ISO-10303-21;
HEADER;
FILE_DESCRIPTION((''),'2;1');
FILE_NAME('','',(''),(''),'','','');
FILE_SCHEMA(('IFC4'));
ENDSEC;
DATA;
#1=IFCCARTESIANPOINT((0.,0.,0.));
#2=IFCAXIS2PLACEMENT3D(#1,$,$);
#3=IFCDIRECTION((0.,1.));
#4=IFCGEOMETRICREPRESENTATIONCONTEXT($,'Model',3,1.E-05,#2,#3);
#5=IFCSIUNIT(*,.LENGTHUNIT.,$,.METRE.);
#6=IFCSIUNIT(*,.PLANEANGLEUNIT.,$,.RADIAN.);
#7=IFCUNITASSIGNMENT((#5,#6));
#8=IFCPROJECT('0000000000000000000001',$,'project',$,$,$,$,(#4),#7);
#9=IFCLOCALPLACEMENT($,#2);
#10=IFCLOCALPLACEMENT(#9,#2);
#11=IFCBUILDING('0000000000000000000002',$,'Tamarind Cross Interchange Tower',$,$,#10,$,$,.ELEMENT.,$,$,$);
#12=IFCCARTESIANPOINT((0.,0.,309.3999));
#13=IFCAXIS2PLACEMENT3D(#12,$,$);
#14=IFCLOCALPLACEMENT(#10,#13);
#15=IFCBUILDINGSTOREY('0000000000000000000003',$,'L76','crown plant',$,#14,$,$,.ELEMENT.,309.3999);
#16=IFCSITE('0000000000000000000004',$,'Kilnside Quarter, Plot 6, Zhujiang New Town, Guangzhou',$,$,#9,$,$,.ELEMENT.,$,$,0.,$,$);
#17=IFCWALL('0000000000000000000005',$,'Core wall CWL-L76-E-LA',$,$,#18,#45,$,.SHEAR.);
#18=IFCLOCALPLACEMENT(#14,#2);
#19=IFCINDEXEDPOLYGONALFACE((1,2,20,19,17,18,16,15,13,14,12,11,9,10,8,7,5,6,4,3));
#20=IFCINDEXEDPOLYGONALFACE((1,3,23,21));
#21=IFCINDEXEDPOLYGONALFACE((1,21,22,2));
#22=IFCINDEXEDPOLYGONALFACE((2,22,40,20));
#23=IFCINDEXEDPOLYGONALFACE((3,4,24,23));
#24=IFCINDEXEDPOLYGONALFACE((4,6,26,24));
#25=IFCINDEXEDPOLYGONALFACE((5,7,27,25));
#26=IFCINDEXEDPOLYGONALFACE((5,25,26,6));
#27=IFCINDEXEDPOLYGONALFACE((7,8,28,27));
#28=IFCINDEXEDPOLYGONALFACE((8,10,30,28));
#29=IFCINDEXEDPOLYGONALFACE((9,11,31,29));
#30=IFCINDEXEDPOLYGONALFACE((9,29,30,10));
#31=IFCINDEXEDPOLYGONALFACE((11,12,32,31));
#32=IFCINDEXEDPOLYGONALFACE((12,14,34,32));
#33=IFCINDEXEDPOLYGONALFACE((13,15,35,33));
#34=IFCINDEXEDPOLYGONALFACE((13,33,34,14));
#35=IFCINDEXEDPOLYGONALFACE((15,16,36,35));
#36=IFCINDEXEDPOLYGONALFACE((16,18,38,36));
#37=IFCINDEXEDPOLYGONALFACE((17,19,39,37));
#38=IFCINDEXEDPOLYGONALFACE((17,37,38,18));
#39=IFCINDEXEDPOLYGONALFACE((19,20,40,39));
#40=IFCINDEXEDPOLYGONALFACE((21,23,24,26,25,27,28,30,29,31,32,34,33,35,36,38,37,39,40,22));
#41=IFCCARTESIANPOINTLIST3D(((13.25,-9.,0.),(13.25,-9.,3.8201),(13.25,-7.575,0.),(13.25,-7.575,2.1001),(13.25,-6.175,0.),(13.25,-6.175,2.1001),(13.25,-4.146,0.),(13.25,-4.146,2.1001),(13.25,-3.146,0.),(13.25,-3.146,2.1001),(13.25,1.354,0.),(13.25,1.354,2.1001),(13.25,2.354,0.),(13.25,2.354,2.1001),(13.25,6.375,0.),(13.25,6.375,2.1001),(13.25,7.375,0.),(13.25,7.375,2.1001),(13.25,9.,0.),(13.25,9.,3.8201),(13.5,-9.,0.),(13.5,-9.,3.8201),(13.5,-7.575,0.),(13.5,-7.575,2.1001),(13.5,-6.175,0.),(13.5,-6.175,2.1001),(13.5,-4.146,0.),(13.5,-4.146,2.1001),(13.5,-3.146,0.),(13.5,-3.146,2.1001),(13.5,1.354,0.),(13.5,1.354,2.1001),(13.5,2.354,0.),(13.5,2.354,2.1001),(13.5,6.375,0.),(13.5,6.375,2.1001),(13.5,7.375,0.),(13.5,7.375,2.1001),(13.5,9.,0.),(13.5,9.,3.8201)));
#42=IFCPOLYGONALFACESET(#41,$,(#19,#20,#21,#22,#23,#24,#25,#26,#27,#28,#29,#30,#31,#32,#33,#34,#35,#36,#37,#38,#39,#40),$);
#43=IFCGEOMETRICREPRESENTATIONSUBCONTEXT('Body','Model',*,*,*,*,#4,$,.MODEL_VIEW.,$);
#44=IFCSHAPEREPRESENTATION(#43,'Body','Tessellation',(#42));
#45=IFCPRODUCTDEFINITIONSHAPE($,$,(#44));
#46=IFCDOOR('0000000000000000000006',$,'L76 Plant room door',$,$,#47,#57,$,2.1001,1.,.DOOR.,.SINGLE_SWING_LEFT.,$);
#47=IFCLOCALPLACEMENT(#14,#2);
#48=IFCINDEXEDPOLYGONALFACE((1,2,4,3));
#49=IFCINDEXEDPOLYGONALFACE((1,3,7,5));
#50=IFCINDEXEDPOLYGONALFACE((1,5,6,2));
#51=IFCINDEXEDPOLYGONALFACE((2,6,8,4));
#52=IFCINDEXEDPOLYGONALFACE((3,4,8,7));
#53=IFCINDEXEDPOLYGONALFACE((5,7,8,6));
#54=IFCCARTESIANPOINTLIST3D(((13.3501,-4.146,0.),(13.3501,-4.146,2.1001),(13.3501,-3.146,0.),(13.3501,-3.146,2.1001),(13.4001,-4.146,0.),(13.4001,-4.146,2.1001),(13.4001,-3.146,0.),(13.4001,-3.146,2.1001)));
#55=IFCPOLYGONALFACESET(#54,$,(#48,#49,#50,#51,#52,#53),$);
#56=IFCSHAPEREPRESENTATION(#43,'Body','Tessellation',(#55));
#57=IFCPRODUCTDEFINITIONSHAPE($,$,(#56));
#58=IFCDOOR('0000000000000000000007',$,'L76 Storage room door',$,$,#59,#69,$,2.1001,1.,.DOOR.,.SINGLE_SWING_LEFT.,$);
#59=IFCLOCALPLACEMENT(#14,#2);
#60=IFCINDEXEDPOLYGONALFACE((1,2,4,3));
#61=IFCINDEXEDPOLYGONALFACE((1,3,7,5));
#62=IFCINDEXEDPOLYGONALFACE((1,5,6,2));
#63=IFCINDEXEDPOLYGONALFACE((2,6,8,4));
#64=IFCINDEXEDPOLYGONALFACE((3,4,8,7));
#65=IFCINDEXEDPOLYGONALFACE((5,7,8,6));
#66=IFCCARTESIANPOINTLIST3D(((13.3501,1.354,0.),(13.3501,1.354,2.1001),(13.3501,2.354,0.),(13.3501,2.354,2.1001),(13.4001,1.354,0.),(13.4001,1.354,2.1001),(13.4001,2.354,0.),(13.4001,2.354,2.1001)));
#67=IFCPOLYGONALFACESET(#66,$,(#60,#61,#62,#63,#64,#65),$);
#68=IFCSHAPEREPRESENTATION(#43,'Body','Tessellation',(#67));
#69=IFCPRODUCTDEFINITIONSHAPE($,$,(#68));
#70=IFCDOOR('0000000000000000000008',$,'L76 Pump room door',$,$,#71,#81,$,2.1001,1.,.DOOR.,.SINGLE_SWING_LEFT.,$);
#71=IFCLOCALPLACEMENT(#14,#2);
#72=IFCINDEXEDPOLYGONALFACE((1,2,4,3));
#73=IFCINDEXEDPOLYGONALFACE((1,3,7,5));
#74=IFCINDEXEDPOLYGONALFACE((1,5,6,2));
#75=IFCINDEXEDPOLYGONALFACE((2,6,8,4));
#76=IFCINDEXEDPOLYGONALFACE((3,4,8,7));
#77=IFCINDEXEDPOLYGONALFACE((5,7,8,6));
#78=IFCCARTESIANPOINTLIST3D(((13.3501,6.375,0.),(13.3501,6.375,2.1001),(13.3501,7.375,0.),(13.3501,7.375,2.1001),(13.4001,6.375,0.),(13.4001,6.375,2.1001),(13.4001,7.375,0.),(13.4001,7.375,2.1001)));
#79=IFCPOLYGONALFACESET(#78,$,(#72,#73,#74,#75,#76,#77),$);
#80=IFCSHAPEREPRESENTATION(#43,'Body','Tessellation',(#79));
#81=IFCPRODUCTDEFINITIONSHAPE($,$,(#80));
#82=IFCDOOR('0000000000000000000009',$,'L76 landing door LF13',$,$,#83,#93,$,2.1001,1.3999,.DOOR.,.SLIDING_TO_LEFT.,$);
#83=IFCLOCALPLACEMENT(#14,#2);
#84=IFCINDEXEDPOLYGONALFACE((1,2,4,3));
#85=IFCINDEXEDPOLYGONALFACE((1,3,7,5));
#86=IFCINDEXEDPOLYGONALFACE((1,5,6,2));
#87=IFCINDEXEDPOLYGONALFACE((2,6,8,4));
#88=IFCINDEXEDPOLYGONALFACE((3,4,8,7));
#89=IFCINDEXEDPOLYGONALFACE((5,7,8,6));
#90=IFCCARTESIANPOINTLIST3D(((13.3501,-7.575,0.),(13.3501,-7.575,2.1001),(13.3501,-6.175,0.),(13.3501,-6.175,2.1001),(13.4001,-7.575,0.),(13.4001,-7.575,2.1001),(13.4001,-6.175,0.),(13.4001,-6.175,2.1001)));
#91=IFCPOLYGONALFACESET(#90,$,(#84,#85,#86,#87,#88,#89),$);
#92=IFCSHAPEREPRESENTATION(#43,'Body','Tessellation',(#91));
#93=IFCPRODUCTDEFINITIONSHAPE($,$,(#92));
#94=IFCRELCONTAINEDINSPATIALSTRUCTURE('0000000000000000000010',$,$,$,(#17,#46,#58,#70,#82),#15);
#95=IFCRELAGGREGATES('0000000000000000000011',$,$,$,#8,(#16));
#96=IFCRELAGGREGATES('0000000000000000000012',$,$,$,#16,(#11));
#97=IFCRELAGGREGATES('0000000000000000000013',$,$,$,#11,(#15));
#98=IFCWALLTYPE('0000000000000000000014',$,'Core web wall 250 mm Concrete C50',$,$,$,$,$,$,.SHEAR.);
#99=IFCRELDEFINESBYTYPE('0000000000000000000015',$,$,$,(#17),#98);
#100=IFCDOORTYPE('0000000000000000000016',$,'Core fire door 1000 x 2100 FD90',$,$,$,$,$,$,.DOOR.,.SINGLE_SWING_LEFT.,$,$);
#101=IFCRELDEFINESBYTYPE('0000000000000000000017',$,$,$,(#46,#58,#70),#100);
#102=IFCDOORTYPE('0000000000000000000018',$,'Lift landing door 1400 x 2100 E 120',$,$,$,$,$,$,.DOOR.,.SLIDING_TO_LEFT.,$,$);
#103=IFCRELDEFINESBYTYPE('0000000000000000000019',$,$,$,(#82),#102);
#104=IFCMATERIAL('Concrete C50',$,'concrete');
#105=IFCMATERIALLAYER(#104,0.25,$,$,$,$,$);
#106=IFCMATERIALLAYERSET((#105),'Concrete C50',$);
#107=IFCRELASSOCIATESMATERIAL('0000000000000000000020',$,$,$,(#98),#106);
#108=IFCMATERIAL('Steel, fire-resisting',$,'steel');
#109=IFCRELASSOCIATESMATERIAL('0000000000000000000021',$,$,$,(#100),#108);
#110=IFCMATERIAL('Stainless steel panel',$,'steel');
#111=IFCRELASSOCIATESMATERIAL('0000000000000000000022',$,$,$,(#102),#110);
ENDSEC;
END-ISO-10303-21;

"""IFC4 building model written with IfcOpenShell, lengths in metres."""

from ifc_helpers import new_model, si_unit, direction, frame, frame_2d, origin, place, context, subcontext, project, spatial, rectangle, extrude, material, layer, layer_set, type_object, element, fill, save


model = new_model("IFC4")

# Units and contexts
model_context = context("Model", 3, precision=1e-05, world=origin(), true_north=direction((0.0, 1.0)))
body_context = subcontext(model_context, "Body", "Model", "MODEL_VIEW")
ifc_project = project(units=[si_unit("LENGTHUNIT", "METRE"), si_unit("PLANEANGLEUNIT", "RADIAN")], contexts=[model_context])

# Site, building, storey
site_placement = place(None, origin())
site = spatial("IfcSite", under=ifc_project, at=site_placement, Name="Kilnside Quarter, Plot 6, Zhujiang New Town, Guangzhou", CompositionType="ELEMENT", RefElevation=0.0)
building_placement = place(site_placement, origin())
building = spatial("IfcBuilding", under=site, at=building_placement, Name="Tamarind Cross Interchange Tower", CompositionType="ELEMENT")
storey_placement = place(building_placement, frame((0.0, 0.0, 309.3999)))
storey = spatial("IfcBuildingStorey", under=building, at=storey_placement, Name="L76", Description="crown plant", CompositionType="ELEMENT", Elevation=309.3999)

# Shared definitions
ifc_material_1 = material(Name="Concrete C50", Category="concrete")
ifc_layer_1 = layer(ifc_material_1, 0.25)
ifc_layer_set_1 = layer_set([ifc_layer_1], Name="Concrete C50")
wall_type_1 = type_object("IfcWallType", Name="Core web wall 250 mm Concrete C50", PredefinedType="SHEAR", material=ifc_layer_set_1)

# Wall, openings, doors
wall_1_placement = place(storey_placement, frame((13.375, -9.0, 0.0), z_axis=(0.0, 0.0, 1.0), x_axis=(0.0, 1.0, 0.0)))
wall_1 = element("IfcWall", 1, at=wall_1_placement, inside=storey, type_object=wall_type_1, Name="Core wall CWL-L76-E-LA", PredefinedType="SHEAR", context=body_context, shape_type="SweptSolid", body=[
    extrude(rectangle(XDim=18.0, YDim=0.25, at=frame_2d((9.0, 0.0))), origin(), (0.0, 0.0, 1.0), 3.8201),
])
opening_1_placement = place(wall_1_placement, frame((1.425, 0.0, 0.0)))
opening_1 = element("IfcOpeningElement", 2, at=opening_1_placement, cuts=wall_1, PredefinedType="OPENING", context=body_context, shape_type="SweptSolid", body=[
    extrude(rectangle(XDim=1.3999, YDim=2.1001, at=frame_2d((0.7, 1.05))), frame((0.0, 0.135, 0.0), z_axis=(0.0, -1.0, 0.0), x_axis=(1.0, 0.0, 0.0)), (0.0, 0.0, 1.0), 0.27),
])
opening_2_placement = place(wall_1_placement, frame((4.854, 0.0, 0.0)))
opening_2 = element("IfcOpeningElement", 3, at=opening_2_placement, cuts=wall_1, PredefinedType="OPENING", context=body_context, shape_type="SweptSolid", body=[
    extrude(rectangle(XDim=1.0, YDim=2.1001, at=frame_2d((0.5, 1.05))), frame((0.0, 0.135, 0.0), z_axis=(0.0, -1.0, 0.0), x_axis=(1.0, 0.0, 0.0)), (0.0, 0.0, 1.0), 0.27),
])
opening_3_placement = place(wall_1_placement, frame((10.354, 0.0, 0.0)))
opening_3 = element("IfcOpeningElement", 4, at=opening_3_placement, cuts=wall_1, PredefinedType="OPENING", context=body_context, shape_type="SweptSolid", body=[
    extrude(rectangle(XDim=1.0, YDim=2.1001, at=frame_2d((0.5, 1.05))), frame((0.0, 0.135, 0.0), z_axis=(0.0, -1.0, 0.0), x_axis=(1.0, 0.0, 0.0)), (0.0, 0.0, 1.0), 0.27),
])
opening_4_placement = place(wall_1_placement, frame((15.375, 0.0, 0.0)))
opening_4 = element("IfcOpeningElement", 5, at=opening_4_placement, cuts=wall_1, PredefinedType="OPENING", context=body_context, shape_type="SweptSolid", body=[
    extrude(rectangle(XDim=1.0, YDim=2.1001, at=frame_2d((0.5, 1.05))), frame((0.0, 0.135, 0.0), z_axis=(0.0, -1.0, 0.0), x_axis=(1.0, 0.0, 0.0)), (0.0, 0.0, 1.0), 0.27),
])
ifc_material_2 = material(Name="Steel, fire-resisting", Category="steel")
door_type_1 = type_object("IfcDoorType", Name="Core fire door 1000 x 2100 FD90", OperationType="SINGLE_SWING_LEFT", PredefinedType="DOOR", material=ifc_material_2)
door_1_placement = place(opening_2_placement, origin())
door_1 = element("IfcDoor", 6, at=door_1_placement, inside=storey, type_object=door_type_1, Name="L76 Plant room door", OperationType="SINGLE_SWING_LEFT", OverallHeight=2.1001, OverallWidth=1.0, PredefinedType="DOOR", context=body_context, shape_type="SweptSolid", body=[
    extrude(rectangle(XDim=1.0, YDim=2.1001, at=frame_2d((0.5, 1.05))), frame((0.0, 0.0249, 0.0), z_axis=(0.0, -1.0, 0.0), x_axis=(1.0, 0.0, 0.0)), (0.0, 0.0, 1.0), 0.05),
])
fill(opening_2, door_1)
door_2_placement = place(opening_3_placement, origin())
door_2 = element("IfcDoor", 7, at=door_2_placement, inside=storey, type_object=door_type_1, Name="L76 Storage room door", OperationType="SINGLE_SWING_LEFT", OverallHeight=2.1001, OverallWidth=1.0, PredefinedType="DOOR", context=body_context, shape_type="SweptSolid", body=[
    extrude(rectangle(XDim=1.0, YDim=2.1001, at=frame_2d((0.5, 1.05))), frame((0.0, 0.0249, 0.0), z_axis=(0.0, -1.0, 0.0), x_axis=(1.0, 0.0, 0.0)), (0.0, 0.0, 1.0), 0.05),
])
fill(opening_3, door_2)
door_3_placement = place(opening_4_placement, origin())
door_3 = element("IfcDoor", 8, at=door_3_placement, inside=storey, type_object=door_type_1, Name="L76 Pump room door", OperationType="SINGLE_SWING_LEFT", OverallHeight=2.1001, OverallWidth=1.0, PredefinedType="DOOR", context=body_context, shape_type="SweptSolid", body=[
    extrude(rectangle(XDim=1.0, YDim=2.1001, at=frame_2d((0.5, 1.05))), frame((0.0, 0.0249, 0.0), z_axis=(0.0, -1.0, 0.0), x_axis=(1.0, 0.0, 0.0)), (0.0, 0.0, 1.0), 0.05),
])
fill(opening_4, door_3)
ifc_material_3 = material(Name="Stainless steel panel", Category="steel")
door_type_2 = type_object("IfcDoorType", Name="Lift landing door 1400 x 2100 E 120", OperationType="SLIDING_TO_LEFT", PredefinedType="DOOR", material=ifc_material_3)
door_4_placement = place(opening_1_placement, origin())
door_4 = element("IfcDoor", 9, at=door_4_placement, inside=storey, type_object=door_type_2, Name="L76 landing door LF13", OperationType="SLIDING_TO_LEFT", OverallHeight=2.1001, OverallWidth=1.3999, PredefinedType="DOOR", context=body_context, shape_type="SweptSolid", body=[
    extrude(rectangle(XDim=1.3999, YDim=2.1001, at=frame_2d((0.7, 1.05))), frame((0.0, 0.0249, 0.0), z_axis=(0.0, -1.0, 0.0), x_axis=(1.0, 0.0, 0.0)), (0.0, 0.0, 1.0), 0.05),
])
fill(opening_1, door_4)

save(model, "model.ifc")
